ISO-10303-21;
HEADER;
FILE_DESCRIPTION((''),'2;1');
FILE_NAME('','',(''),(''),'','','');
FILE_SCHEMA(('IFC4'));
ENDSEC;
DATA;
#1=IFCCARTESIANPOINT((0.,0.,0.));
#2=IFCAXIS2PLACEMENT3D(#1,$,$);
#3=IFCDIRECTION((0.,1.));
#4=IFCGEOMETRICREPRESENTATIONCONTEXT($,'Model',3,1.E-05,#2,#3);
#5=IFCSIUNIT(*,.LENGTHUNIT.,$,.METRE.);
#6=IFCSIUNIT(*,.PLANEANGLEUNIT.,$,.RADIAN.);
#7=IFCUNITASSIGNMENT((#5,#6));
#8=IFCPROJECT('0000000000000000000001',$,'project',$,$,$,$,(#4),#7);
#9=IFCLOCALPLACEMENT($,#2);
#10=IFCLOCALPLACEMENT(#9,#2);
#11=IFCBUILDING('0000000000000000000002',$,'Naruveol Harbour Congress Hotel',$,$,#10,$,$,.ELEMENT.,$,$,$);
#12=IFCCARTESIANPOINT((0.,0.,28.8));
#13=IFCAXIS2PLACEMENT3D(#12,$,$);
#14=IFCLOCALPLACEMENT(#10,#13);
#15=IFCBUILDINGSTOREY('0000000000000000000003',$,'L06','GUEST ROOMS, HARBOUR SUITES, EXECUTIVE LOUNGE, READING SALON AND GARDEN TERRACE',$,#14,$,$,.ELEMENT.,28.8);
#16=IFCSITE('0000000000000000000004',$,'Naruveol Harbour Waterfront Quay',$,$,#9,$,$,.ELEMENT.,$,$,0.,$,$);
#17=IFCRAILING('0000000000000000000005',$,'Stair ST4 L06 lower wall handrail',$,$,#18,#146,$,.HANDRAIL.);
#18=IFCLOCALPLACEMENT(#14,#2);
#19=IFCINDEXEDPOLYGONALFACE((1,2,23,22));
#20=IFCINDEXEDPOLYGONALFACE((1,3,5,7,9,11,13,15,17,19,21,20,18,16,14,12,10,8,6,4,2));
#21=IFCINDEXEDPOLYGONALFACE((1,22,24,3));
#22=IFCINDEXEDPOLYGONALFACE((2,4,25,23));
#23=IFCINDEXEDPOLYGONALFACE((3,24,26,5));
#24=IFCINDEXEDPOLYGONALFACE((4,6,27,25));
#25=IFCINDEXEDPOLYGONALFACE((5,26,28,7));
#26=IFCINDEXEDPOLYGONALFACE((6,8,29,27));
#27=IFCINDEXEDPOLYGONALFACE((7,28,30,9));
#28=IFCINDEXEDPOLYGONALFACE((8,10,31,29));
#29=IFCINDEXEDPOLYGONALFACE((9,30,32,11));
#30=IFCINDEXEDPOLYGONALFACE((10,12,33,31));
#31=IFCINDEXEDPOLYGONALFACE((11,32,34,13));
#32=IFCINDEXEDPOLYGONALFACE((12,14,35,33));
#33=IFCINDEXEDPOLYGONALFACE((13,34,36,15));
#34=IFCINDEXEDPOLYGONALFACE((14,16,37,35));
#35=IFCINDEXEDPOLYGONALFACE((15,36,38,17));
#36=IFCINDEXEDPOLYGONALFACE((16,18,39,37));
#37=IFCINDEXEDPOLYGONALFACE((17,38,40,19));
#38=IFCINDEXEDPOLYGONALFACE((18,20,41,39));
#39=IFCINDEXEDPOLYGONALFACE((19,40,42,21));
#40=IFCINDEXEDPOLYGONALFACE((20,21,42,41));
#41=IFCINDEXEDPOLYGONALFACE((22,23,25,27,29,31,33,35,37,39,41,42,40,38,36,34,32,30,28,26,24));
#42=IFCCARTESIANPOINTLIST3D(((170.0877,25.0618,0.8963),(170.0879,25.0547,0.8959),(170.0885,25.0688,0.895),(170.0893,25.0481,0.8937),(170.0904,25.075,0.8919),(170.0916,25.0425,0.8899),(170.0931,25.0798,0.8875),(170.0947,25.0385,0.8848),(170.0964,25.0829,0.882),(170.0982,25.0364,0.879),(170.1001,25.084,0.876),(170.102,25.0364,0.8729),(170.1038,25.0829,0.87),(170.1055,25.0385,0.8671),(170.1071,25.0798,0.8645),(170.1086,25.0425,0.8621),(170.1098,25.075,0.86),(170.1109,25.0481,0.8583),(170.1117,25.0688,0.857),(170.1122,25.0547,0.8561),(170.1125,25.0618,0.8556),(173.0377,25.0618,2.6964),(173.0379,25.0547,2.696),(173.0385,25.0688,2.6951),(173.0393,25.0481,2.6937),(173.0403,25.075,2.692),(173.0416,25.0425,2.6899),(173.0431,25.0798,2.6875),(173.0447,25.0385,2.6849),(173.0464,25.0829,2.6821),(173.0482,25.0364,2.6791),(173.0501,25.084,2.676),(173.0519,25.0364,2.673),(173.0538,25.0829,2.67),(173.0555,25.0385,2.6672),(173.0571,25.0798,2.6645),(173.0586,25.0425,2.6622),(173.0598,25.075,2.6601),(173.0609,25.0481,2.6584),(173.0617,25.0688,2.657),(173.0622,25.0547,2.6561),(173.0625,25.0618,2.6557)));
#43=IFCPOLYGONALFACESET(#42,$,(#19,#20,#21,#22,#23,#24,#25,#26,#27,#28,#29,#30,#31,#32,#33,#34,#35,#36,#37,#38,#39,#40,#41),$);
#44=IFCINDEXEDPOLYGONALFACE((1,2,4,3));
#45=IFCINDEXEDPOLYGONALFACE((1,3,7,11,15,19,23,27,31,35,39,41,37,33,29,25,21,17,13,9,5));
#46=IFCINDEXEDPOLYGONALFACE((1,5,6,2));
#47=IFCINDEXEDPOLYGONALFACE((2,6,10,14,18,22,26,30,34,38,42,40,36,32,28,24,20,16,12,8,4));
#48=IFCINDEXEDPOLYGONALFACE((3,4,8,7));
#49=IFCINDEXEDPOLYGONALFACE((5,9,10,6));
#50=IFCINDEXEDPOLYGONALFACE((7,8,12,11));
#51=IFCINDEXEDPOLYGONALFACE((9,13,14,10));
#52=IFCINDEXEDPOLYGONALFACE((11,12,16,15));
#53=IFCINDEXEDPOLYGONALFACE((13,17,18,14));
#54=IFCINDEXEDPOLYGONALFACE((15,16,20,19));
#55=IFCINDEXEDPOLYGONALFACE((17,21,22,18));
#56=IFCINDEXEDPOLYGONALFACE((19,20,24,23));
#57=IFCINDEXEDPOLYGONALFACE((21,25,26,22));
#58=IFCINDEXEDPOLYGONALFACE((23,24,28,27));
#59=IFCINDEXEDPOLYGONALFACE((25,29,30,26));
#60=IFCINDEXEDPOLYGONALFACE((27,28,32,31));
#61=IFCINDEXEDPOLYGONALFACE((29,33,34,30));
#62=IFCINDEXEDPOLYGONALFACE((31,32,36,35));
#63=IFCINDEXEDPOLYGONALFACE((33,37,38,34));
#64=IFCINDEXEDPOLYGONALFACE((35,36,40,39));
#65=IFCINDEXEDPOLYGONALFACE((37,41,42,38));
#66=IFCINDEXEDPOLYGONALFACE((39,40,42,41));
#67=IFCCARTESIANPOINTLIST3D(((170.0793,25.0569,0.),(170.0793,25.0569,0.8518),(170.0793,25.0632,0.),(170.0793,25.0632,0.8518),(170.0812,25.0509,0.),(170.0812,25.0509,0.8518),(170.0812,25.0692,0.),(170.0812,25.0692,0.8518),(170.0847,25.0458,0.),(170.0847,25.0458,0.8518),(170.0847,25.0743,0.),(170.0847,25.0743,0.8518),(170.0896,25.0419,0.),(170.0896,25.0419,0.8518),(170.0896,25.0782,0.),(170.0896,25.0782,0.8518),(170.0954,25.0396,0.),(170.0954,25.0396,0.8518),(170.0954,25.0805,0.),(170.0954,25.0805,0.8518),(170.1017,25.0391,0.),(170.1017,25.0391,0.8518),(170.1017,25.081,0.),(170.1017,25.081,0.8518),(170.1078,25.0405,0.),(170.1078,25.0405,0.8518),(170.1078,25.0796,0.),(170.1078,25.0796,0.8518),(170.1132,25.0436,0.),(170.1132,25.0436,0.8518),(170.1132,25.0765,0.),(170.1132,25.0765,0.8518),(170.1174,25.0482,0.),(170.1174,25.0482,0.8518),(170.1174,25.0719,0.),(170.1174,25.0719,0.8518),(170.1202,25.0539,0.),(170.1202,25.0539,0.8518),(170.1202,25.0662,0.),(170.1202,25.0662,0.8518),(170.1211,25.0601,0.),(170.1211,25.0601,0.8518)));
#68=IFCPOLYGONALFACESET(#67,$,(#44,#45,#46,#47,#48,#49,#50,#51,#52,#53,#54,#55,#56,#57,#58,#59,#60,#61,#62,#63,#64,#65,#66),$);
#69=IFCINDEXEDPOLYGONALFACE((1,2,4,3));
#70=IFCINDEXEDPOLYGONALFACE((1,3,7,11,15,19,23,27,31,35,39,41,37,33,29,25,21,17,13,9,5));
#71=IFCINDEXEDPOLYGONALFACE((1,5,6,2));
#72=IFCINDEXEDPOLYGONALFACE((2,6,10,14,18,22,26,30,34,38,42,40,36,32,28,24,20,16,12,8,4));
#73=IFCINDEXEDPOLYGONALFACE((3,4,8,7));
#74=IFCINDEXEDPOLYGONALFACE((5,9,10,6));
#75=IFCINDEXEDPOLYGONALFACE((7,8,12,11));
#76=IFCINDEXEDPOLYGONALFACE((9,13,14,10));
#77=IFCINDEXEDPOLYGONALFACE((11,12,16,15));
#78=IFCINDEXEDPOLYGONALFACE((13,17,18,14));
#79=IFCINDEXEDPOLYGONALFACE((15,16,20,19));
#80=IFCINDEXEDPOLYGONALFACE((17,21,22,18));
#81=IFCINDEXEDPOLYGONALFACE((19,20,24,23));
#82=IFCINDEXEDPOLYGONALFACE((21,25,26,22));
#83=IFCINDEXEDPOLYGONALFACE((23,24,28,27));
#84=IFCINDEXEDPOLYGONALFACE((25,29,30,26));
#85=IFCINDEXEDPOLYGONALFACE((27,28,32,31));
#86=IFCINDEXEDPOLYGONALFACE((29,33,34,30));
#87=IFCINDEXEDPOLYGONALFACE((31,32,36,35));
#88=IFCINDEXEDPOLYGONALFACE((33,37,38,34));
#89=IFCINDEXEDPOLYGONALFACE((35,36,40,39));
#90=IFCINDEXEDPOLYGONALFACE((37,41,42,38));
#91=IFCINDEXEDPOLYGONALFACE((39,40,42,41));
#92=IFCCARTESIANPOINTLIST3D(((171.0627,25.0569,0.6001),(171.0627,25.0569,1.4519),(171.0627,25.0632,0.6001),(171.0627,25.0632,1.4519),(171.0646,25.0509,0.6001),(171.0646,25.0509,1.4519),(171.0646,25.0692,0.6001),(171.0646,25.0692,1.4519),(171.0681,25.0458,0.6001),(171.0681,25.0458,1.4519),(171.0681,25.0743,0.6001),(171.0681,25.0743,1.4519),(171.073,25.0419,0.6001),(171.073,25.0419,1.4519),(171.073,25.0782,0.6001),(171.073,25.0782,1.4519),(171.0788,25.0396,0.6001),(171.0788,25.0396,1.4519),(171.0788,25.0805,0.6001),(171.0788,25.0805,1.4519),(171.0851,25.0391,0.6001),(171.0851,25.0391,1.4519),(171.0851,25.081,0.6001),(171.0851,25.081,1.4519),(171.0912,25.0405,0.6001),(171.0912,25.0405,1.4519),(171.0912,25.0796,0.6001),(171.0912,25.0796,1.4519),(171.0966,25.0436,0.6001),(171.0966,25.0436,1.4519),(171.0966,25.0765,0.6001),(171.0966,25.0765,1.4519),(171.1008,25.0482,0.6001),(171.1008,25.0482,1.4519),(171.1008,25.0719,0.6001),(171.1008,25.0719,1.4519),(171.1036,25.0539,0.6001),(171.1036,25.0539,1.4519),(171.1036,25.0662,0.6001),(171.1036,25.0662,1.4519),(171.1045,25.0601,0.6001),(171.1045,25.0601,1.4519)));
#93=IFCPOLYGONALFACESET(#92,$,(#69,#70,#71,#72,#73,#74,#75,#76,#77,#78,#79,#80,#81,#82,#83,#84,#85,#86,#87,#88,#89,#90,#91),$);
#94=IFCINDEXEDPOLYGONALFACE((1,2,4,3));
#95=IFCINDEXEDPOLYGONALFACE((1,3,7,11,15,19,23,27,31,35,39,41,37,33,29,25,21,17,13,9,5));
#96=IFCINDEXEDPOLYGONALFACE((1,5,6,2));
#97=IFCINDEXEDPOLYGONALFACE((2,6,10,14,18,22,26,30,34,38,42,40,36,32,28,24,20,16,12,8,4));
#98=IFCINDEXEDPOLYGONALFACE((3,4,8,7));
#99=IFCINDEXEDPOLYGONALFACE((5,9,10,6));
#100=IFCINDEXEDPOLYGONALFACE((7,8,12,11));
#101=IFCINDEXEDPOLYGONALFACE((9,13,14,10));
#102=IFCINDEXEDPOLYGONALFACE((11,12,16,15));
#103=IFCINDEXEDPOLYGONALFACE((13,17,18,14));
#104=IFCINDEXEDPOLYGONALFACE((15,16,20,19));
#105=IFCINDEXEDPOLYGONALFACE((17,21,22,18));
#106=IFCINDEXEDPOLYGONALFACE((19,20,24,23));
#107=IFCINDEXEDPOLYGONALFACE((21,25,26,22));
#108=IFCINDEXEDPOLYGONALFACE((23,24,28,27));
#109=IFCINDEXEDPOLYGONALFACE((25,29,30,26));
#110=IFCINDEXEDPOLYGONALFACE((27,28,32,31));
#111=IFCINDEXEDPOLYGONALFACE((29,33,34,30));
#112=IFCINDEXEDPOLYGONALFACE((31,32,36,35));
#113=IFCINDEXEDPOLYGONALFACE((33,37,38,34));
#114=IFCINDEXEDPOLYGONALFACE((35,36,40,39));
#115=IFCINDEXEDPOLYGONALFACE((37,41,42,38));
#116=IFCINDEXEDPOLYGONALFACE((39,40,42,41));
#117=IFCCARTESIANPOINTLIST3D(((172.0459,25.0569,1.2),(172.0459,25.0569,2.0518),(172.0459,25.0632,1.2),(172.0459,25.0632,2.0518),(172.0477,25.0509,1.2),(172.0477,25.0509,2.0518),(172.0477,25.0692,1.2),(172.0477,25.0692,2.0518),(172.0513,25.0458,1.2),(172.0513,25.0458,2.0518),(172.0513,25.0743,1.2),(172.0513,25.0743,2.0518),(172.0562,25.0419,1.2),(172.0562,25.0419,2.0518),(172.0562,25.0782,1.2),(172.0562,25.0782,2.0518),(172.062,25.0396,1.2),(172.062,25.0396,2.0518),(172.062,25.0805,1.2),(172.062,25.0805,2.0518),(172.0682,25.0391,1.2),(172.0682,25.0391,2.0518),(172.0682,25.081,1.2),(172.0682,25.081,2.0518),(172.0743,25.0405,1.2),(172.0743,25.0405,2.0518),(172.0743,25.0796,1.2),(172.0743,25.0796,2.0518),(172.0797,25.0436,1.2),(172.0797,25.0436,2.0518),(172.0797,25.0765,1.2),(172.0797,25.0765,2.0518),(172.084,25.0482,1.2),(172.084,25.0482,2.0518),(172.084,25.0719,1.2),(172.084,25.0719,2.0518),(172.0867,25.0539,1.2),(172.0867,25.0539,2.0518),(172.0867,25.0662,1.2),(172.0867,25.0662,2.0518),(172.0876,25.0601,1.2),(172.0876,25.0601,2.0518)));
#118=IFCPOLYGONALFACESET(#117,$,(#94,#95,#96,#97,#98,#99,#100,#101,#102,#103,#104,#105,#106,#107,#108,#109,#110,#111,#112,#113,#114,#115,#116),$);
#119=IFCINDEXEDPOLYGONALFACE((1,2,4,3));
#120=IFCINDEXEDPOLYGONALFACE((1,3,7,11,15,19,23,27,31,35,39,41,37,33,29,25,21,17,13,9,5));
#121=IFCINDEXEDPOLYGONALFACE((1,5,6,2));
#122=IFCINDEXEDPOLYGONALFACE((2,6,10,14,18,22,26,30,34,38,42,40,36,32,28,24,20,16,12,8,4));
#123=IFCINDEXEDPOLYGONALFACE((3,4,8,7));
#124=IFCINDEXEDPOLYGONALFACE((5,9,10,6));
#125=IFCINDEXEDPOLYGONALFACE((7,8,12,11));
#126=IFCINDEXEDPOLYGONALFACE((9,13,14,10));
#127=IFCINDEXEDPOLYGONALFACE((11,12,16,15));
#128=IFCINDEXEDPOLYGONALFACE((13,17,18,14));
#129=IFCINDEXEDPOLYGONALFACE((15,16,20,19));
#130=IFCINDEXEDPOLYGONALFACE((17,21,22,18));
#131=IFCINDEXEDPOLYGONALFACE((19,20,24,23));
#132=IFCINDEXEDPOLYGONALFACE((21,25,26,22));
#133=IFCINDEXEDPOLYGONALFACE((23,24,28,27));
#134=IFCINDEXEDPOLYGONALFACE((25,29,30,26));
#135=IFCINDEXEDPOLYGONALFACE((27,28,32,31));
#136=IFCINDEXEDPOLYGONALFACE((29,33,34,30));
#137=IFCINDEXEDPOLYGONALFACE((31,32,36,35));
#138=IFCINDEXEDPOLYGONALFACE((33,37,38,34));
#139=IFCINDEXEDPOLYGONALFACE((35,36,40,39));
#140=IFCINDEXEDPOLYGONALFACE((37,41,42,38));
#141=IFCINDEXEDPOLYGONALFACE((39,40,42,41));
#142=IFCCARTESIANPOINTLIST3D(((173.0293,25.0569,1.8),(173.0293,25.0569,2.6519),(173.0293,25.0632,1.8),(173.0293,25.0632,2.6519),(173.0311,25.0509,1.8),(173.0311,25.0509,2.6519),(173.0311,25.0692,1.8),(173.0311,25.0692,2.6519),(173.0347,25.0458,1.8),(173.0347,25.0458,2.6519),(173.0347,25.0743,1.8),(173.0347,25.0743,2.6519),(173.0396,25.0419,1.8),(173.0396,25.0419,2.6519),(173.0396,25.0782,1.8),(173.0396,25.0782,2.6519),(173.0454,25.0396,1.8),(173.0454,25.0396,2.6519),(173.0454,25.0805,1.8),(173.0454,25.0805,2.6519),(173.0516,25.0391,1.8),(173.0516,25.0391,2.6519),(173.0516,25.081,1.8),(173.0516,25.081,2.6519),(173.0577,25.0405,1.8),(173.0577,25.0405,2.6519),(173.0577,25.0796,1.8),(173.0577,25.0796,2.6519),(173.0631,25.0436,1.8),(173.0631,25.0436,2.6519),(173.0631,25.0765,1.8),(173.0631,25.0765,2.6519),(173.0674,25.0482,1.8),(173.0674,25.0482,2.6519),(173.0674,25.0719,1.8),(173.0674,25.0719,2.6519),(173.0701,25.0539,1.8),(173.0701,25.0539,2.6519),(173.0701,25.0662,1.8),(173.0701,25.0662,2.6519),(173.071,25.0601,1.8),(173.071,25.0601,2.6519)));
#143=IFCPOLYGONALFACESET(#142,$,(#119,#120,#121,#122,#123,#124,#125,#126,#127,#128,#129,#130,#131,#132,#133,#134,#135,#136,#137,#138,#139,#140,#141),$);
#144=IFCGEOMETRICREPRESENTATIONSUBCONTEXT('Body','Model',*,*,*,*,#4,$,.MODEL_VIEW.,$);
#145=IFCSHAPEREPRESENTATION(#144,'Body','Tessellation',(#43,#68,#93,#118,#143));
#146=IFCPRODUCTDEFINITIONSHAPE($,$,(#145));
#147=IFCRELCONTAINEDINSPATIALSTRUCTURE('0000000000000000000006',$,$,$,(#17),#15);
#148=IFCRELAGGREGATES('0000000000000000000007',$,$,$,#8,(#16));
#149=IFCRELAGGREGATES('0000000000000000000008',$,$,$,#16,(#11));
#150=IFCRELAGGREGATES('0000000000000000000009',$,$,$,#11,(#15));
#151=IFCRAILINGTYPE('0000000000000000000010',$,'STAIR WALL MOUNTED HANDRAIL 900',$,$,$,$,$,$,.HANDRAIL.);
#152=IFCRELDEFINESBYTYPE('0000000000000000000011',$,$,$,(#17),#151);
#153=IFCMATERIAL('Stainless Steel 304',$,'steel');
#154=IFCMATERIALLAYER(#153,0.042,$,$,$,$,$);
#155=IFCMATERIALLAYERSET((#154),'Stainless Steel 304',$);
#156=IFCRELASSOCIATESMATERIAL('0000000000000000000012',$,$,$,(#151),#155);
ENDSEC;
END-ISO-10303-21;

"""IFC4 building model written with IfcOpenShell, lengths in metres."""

from ifc_helpers import new_model, si_unit, direction, frame, origin, origin_2d, place, context, subcontext, project, spatial, circle, extrude, material, layer, layer_set, type_object, element, save


model = new_model("IFC4")

# Units and contexts
model_context = context("Model", 3, precision=1e-05, world=origin(), true_north=direction((0.0, 1.0)))
body_context = subcontext(model_context, "Body", "Model", "MODEL_VIEW")
ifc_project = project(units=[si_unit("LENGTHUNIT", "METRE"), si_unit("PLANEANGLEUNIT", "RADIAN")], contexts=[model_context])

# Site, building, storey
site_placement = place(None, origin())
site = spatial("IfcSite", under=ifc_project, at=site_placement, Name="Naruveol Harbour Waterfront Quay", CompositionType="ELEMENT", RefElevation=0.0)
building_placement = place(site_placement, origin())
building = spatial("IfcBuilding", under=site, at=building_placement, Name="Naruveol Harbour Congress Hotel", CompositionType="ELEMENT")
storey_placement = place(building_placement, frame((0.0, 0.0, 28.8)))
storey = spatial("IfcBuildingStorey", under=building, at=storey_placement, Name="L06", Description="GUEST ROOMS, HARBOUR SUITES, EXECUTIVE LOUNGE, READING SALON AND GARDEN TERRACE", CompositionType="ELEMENT", Elevation=28.8)

# Railing
ifc_material_1 = material(Name="Stainless Steel 304", Category="steel")
ifc_layer_1 = layer(ifc_material_1, 0.042)
ifc_layer_set_1 = layer_set([ifc_layer_1], Name="Stainless Steel 304")
railing_type_1 = type_object("IfcRailingType", Name="STAIR WALL MOUNTED HANDRAIL 900", PredefinedType="HANDRAIL", material=ifc_layer_set_1)
railing_1_placement = place(storey_placement, frame((170.1001, 25.0601, 0.0)))
element("IfcRailing", 1, at=railing_1_placement, inside=storey, type_object=railing_type_1, Name="Stair ST4 L06 lower wall handrail", PredefinedType="HANDRAIL", context=body_context, shape_type="SweptSolid", body=[
    extrude(circle(Radius=0.0239, at=origin_2d()), frame((0.0, 0.0, 0.876), z_axis=(0.853629, 0.0, 0.520881), x_axis=(0.0, 1.0, 0.0)), (0.0, 0.0, 1.0), 3.4558),
    extrude(circle(Radius=0.021, at=origin_2d()), origin(), (0.0, 0.0, 1.0), 0.8518),
    extrude(circle(Radius=0.021, at=origin_2d()), frame((0.9834, 0.0, 0.6001)), (0.0, 0.0, 1.0), 0.8518),
    extrude(circle(Radius=0.021, at=origin_2d()), frame((1.9666, 0.0, 1.2)), (0.0, 0.0, 1.0), 0.8518),
    extrude(circle(Radius=0.021, at=origin_2d()), frame((2.95, 0.0, 1.8)), (0.0, 0.0, 1.0), 0.8518),
])

save(model, "model.ifc")
